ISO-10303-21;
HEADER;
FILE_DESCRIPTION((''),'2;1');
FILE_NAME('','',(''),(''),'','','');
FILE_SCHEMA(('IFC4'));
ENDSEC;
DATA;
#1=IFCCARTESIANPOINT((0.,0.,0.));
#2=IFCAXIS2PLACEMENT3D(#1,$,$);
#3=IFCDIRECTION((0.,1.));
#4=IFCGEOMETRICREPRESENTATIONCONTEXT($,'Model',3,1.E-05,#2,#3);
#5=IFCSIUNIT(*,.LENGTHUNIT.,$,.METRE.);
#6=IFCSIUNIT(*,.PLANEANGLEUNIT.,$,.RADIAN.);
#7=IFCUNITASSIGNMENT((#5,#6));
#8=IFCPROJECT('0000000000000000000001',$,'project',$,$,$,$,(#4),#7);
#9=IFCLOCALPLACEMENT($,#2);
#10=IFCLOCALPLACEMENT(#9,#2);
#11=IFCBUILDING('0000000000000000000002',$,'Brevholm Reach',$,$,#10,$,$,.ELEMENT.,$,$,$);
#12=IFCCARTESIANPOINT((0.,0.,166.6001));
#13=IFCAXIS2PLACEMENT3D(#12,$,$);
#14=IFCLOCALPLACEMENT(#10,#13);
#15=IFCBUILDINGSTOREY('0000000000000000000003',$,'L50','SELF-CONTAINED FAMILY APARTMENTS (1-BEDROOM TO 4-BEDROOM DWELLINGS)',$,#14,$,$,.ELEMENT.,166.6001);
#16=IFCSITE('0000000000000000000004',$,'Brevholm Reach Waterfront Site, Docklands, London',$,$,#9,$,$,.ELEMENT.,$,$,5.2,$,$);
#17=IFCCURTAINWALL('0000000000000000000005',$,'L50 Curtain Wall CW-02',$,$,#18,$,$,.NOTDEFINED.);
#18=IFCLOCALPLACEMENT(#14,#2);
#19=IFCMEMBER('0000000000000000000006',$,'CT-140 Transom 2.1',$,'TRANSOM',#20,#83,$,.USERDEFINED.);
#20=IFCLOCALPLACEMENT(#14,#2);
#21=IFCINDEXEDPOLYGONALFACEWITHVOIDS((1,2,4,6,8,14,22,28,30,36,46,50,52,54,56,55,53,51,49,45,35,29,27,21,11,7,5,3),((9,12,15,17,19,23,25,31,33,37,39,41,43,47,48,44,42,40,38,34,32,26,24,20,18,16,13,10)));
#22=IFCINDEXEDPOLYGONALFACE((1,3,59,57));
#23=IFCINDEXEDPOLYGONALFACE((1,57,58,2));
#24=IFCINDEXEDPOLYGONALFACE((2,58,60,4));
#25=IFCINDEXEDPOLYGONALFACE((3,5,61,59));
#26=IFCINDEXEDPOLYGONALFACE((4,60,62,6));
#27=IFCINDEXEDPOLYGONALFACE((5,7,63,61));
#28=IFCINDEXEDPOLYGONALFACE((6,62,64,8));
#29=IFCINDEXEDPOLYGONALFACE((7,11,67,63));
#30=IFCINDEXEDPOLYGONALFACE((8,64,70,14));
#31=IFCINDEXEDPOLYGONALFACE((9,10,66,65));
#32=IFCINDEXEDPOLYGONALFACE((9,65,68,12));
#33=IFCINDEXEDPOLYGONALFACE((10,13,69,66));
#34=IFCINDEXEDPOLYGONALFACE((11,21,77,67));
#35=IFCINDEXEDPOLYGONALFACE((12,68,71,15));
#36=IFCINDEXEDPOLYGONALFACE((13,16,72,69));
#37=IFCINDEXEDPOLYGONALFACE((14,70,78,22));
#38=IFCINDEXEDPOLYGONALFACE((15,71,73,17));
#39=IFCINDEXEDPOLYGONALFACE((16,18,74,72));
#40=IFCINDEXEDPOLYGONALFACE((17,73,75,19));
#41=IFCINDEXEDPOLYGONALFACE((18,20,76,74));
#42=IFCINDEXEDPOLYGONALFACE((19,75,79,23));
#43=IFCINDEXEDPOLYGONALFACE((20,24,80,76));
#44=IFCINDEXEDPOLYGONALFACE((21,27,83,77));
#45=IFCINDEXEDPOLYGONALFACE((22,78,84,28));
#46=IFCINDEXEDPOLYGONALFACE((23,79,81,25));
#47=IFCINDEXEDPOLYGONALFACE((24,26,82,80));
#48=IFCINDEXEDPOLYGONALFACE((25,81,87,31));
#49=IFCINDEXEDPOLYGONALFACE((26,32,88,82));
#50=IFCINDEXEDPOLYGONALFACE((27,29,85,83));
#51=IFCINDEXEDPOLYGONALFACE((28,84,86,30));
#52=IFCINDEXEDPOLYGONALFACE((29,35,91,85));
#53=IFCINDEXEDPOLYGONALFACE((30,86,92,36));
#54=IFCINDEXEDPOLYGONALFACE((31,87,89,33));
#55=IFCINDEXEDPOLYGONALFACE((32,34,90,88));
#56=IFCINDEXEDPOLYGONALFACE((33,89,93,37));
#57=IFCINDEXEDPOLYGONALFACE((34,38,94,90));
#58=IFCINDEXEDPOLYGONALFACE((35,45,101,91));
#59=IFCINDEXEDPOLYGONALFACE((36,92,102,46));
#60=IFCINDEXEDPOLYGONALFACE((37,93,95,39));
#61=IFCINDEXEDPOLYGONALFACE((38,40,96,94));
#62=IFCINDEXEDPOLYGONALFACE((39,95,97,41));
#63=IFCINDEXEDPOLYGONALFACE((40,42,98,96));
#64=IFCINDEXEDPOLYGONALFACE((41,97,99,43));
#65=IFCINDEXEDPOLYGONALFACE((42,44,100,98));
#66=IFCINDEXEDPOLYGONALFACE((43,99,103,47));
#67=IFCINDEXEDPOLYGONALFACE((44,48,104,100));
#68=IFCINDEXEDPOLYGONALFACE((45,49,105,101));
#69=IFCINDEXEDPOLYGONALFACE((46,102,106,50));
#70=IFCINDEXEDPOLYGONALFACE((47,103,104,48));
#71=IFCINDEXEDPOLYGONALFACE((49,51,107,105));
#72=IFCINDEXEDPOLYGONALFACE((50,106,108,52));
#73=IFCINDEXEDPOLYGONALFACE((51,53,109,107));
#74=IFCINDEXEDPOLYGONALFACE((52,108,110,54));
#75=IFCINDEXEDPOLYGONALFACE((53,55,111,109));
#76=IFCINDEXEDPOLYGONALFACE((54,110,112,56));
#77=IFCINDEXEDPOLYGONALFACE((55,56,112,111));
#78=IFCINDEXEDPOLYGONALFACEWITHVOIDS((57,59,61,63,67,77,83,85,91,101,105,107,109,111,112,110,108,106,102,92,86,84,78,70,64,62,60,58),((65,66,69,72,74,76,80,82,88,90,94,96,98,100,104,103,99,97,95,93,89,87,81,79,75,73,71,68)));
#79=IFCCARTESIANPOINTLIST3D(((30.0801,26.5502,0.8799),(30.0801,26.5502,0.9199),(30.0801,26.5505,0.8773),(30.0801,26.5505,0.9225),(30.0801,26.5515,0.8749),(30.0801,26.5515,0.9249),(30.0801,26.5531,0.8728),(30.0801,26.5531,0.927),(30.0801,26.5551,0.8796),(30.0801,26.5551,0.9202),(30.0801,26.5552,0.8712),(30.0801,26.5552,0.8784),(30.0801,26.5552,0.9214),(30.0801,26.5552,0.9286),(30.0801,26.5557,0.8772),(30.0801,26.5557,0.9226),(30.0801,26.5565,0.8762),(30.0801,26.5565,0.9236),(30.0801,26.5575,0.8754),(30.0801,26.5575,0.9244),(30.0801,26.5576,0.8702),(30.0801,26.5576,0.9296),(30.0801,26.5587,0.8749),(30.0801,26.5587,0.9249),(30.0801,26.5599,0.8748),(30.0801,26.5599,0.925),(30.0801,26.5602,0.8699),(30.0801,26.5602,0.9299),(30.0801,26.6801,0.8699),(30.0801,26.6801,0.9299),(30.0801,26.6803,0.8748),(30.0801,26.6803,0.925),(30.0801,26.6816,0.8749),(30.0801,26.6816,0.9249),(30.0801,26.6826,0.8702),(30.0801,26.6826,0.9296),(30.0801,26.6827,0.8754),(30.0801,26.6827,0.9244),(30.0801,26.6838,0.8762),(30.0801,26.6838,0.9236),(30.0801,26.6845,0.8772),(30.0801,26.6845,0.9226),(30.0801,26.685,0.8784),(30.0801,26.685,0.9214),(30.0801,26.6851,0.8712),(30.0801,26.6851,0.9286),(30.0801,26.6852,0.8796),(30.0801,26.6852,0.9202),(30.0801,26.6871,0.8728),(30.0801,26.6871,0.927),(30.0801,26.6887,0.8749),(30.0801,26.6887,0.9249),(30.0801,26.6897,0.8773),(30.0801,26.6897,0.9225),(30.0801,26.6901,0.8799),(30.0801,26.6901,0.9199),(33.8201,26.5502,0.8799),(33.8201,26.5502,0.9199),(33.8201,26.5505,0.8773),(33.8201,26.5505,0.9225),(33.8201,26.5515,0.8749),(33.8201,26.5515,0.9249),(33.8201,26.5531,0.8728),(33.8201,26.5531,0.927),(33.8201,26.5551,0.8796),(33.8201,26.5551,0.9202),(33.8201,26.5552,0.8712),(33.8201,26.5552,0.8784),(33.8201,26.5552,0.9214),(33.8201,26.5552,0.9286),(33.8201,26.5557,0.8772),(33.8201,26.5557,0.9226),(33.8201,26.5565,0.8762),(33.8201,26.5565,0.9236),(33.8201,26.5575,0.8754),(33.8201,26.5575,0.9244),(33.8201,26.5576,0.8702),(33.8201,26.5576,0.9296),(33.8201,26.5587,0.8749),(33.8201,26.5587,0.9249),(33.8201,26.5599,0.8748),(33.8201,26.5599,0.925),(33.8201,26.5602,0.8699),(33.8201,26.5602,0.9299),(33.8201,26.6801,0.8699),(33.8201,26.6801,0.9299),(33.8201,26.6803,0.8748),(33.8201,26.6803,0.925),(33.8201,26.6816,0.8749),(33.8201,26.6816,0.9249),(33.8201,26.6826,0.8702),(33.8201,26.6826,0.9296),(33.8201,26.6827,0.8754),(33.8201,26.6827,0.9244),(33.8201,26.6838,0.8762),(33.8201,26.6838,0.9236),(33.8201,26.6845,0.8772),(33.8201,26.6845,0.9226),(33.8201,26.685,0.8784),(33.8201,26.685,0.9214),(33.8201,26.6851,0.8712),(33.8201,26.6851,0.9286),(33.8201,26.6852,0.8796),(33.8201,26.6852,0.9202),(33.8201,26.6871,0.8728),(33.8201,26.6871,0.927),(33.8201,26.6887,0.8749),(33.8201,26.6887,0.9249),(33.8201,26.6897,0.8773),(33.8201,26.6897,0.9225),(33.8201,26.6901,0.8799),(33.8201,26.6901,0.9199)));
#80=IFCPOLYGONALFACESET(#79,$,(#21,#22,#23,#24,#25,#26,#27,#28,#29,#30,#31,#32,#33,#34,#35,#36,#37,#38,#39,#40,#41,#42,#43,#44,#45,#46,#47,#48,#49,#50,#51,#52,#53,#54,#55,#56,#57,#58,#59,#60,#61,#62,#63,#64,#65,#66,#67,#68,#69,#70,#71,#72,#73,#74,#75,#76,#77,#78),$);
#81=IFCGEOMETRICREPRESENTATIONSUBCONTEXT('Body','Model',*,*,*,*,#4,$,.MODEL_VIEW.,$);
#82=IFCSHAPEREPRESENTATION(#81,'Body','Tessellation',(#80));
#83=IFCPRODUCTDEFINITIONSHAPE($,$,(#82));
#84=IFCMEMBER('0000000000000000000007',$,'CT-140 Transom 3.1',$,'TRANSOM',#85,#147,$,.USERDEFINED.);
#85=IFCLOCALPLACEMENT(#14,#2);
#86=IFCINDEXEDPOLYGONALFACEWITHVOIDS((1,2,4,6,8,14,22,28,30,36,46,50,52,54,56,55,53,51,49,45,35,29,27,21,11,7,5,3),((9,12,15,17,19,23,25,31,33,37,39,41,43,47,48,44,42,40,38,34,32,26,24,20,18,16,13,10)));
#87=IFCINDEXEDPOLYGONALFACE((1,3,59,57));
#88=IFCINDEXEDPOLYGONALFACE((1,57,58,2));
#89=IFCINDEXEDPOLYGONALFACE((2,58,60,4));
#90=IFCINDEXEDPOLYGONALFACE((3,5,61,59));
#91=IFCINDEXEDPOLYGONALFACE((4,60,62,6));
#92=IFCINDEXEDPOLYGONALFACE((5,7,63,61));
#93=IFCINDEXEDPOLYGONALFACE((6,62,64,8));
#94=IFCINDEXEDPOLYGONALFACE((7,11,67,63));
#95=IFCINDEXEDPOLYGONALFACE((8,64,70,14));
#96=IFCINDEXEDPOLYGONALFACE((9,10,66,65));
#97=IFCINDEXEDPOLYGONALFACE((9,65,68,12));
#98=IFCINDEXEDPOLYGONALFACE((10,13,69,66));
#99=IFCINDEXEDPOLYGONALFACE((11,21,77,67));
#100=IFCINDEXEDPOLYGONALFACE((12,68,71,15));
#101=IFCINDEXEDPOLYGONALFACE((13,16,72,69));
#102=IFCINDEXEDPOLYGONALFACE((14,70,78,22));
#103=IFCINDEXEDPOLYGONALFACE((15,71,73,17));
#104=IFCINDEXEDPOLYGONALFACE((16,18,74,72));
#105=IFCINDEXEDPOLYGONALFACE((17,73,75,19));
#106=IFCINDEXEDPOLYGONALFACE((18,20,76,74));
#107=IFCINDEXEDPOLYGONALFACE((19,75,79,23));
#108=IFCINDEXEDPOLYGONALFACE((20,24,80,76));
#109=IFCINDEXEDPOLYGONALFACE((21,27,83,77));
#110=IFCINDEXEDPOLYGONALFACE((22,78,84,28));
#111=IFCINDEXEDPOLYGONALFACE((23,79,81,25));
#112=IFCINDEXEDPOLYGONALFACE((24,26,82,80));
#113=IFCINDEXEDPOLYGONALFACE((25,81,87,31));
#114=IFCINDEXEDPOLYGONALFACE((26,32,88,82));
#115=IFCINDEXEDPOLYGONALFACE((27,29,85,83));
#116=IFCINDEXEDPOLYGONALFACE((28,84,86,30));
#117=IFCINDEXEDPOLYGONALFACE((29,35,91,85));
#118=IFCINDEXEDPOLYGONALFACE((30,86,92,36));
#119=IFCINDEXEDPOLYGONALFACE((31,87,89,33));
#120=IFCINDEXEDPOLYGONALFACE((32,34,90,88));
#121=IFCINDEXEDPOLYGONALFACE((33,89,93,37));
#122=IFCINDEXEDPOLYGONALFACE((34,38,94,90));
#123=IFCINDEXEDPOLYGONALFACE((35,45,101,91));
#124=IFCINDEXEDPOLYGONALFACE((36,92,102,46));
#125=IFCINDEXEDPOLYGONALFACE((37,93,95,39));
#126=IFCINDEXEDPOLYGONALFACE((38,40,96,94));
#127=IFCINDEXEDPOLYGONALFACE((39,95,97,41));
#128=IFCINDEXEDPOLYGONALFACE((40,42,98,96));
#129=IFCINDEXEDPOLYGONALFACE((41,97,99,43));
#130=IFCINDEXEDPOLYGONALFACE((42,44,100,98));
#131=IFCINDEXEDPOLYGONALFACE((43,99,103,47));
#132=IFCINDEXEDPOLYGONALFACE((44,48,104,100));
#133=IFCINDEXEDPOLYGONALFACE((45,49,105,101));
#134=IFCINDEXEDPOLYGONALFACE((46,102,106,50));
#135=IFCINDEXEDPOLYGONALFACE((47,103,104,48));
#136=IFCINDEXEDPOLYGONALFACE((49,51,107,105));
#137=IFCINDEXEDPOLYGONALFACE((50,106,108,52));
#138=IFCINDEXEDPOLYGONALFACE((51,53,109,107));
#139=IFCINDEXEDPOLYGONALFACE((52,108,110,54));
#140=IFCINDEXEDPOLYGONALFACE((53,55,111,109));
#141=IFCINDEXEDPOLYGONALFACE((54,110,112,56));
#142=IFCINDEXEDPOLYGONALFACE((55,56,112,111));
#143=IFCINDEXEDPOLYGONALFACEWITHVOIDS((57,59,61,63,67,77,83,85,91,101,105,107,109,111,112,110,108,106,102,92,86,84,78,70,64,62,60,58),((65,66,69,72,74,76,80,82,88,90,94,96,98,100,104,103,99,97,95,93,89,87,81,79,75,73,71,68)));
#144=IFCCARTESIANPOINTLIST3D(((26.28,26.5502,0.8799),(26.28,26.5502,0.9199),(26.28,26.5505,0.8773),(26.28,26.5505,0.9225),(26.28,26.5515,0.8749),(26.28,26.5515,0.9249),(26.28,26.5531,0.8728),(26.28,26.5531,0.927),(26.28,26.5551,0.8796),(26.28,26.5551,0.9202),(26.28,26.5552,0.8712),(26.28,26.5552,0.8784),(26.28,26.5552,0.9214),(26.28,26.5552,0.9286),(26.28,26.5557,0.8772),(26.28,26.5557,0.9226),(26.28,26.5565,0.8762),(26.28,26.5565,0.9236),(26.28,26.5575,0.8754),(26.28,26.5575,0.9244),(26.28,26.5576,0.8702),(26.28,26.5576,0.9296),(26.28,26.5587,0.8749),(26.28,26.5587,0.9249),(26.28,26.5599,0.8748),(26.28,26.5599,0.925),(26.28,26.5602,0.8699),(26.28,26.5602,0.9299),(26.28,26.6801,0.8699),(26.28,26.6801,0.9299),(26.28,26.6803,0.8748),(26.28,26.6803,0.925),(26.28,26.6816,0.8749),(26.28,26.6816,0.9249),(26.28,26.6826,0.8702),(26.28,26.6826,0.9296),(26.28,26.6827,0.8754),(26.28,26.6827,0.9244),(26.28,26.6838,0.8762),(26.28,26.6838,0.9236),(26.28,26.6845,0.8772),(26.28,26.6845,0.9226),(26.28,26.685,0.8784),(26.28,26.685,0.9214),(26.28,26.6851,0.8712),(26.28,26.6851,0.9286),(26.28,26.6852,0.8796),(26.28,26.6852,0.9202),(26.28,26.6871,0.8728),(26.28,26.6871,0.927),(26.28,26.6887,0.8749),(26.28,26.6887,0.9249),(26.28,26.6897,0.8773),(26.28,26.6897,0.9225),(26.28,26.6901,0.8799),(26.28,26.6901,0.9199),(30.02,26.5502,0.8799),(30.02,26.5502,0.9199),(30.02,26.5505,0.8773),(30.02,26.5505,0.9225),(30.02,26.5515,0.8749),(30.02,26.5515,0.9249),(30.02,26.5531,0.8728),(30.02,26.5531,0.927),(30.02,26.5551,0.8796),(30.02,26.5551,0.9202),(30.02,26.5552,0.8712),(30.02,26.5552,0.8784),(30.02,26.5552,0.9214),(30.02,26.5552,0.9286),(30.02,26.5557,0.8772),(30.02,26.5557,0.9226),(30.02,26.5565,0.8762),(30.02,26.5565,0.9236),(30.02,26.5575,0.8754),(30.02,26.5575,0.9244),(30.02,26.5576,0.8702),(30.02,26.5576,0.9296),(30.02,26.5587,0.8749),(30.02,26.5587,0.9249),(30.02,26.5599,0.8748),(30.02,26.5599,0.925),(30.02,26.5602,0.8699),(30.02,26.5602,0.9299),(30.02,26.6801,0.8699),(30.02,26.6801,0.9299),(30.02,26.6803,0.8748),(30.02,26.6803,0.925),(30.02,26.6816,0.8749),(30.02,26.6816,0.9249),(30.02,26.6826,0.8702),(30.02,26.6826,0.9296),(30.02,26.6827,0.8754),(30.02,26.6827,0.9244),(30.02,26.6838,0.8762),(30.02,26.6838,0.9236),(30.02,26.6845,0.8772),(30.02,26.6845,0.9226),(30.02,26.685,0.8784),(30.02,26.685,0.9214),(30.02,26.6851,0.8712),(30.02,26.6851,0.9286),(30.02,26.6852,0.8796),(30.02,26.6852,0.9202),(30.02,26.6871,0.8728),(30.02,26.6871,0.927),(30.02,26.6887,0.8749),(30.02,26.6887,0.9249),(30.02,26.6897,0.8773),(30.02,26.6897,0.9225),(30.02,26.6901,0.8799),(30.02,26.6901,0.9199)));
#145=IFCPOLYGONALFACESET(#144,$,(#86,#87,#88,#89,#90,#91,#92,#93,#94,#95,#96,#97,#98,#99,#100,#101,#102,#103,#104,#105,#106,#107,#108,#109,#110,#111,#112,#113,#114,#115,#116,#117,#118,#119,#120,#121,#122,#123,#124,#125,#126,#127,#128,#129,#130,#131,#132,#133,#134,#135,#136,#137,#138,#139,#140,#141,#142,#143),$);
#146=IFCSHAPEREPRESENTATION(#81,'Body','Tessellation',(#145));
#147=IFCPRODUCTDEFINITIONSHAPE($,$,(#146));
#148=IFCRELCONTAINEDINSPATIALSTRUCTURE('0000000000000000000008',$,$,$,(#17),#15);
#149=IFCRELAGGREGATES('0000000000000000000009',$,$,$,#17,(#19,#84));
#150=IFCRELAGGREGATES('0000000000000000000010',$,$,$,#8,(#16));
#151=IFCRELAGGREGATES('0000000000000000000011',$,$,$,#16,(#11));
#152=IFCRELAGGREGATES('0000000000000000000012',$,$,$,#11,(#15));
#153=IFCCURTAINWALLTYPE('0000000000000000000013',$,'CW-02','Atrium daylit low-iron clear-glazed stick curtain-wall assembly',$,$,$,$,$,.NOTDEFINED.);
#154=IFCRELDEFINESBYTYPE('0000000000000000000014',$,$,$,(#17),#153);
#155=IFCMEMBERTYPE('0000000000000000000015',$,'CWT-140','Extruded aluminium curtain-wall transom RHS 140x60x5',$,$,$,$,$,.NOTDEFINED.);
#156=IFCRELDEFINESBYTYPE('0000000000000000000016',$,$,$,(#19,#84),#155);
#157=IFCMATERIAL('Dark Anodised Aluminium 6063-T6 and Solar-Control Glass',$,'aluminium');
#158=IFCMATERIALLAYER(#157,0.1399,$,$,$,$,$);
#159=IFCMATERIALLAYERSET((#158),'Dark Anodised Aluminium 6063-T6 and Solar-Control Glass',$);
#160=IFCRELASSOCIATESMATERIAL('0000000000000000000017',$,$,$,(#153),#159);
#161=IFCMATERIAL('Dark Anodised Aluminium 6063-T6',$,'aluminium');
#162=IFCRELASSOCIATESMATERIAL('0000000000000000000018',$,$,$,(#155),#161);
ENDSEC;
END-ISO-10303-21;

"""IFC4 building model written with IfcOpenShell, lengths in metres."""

from ifc_helpers import new_model, si_unit, direction, frame, origin, origin_2d, place, context, subcontext, project, spatial, hollow_rectangle, extrude, material, layer, layer_set, material_profile, profile_set, type_object, element, aggregate, save


model = new_model("IFC4")

# Units and contexts
model_context = context("Model", 3, precision=1e-05, world=origin(), true_north=direction((0.0, 1.0)))
body_context = subcontext(model_context, "Body", "Model", "MODEL_VIEW")
ifc_project = project(units=[si_unit("LENGTHUNIT", "METRE"), si_unit("PLANEANGLEUNIT", "RADIAN")], contexts=[model_context])

# Site, building, storey
site_placement = place(None, origin())
site = spatial("IfcSite", under=ifc_project, at=site_placement, Name="Brevholm Reach Waterfront Site, Docklands, London", CompositionType="ELEMENT", RefElevation=5.2)
building_placement = place(site_placement, origin())
building = spatial("IfcBuilding", under=site, at=building_placement, Name="Brevholm Reach", CompositionType="ELEMENT")
storey_placement = place(building_placement, frame((0.0, 0.0, 166.6001)))
storey = spatial("IfcBuildingStorey", under=building, at=storey_placement, Name="L50", Description="SELF-CONTAINED FAMILY APARTMENTS (1-BEDROOM TO 4-BEDROOM DWELLINGS)", CompositionType="ELEMENT", Elevation=166.6001)

# Curtain wall
ifc_material_1 = material(Name="Dark Anodised Aluminium 6063-T6 and Solar-Control Glass", Category="aluminium")
ifc_layer_1 = layer(ifc_material_1, 0.1399)
ifc_layer_set_1 = layer_set([ifc_layer_1], Name="Dark Anodised Aluminium 6063-T6 and Solar-Control Glass")
curtain_wall_type_1 = type_object("IfcCurtainWallType", Name="CW-02", Description="Atrium daylit low-iron clear-glazed stick curtain-wall assembly", PredefinedType="NOTDEFINED", material=ifc_layer_set_1)
curtain_wall_1_placement = place(storey_placement, origin())
curtain_wall_1 = element("IfcCurtainWall", 1, at=curtain_wall_1_placement, inside=storey, type_object=curtain_wall_type_1, Name="L50 Curtain Wall CW-02", PredefinedType="NOTDEFINED")

# Members
ifc_material_2 = material(Name="Dark Anodised Aluminium 6063-T6", Category="aluminium")
ifc_material_profile_1 = material_profile(ifc_material_2, hollow_rectangle(XDim=0.0601, YDim=0.1399, WallThickness=0.0049, InnerFilletRadius=0.0049, OuterFilletRadius=0.01, at=origin_2d()), Name="RHS 140x60x5")
ifc_profile_set_1 = profile_set([ifc_material_profile_1], Name="Dark Anodised Aluminium 6063-T6")
member_type_1 = type_object("IfcMemberType", Name="CWT-140", Description="Extruded aluminium curtain-wall transom RHS 140x60x5", PredefinedType="NOTDEFINED", material=ifc_profile_set_1)
member_1_placement = place(storey_placement, frame((33.8201, 26.6201, 0.8999), z_axis=(-1.0, 0.0, 0.0), x_axis=(0.0, 0.0, 1.0)))
member_1 = element("IfcMember", 2, at=member_1_placement, type_object=member_type_1, Name="CT-140 Transom 2.1", ObjectType="TRANSOM", PredefinedType="USERDEFINED", context=body_context, shape_type="SweptSolid", body=[
    extrude(hollow_rectangle(XDim=0.0601, YDim=0.1399, WallThickness=0.0049, InnerFilletRadius=0.0049, OuterFilletRadius=0.01, at=origin_2d()), origin(), (0.0, 0.0, 1.0), 3.74),
])
member_2_placement = place(storey_placement, frame((30.02, 26.6201, 0.8999), z_axis=(-1.0, 0.0, 0.0), x_axis=(0.0, 0.0, 1.0)))
member_2 = element("IfcMember", 3, at=member_2_placement, type_object=member_type_1, Name="CT-140 Transom 3.1", ObjectType="TRANSOM", PredefinedType="USERDEFINED", context=body_context, shape_type="SweptSolid", body=[
    extrude(hollow_rectangle(XDim=0.0601, YDim=0.1399, WallThickness=0.0049, InnerFilletRadius=0.0049, OuterFilletRadius=0.01, at=origin_2d()), origin(), (0.0, 0.0, 1.0), 3.74),
])

aggregate(curtain_wall_1, [member_1, member_2])

save(model, "model.ifc")
